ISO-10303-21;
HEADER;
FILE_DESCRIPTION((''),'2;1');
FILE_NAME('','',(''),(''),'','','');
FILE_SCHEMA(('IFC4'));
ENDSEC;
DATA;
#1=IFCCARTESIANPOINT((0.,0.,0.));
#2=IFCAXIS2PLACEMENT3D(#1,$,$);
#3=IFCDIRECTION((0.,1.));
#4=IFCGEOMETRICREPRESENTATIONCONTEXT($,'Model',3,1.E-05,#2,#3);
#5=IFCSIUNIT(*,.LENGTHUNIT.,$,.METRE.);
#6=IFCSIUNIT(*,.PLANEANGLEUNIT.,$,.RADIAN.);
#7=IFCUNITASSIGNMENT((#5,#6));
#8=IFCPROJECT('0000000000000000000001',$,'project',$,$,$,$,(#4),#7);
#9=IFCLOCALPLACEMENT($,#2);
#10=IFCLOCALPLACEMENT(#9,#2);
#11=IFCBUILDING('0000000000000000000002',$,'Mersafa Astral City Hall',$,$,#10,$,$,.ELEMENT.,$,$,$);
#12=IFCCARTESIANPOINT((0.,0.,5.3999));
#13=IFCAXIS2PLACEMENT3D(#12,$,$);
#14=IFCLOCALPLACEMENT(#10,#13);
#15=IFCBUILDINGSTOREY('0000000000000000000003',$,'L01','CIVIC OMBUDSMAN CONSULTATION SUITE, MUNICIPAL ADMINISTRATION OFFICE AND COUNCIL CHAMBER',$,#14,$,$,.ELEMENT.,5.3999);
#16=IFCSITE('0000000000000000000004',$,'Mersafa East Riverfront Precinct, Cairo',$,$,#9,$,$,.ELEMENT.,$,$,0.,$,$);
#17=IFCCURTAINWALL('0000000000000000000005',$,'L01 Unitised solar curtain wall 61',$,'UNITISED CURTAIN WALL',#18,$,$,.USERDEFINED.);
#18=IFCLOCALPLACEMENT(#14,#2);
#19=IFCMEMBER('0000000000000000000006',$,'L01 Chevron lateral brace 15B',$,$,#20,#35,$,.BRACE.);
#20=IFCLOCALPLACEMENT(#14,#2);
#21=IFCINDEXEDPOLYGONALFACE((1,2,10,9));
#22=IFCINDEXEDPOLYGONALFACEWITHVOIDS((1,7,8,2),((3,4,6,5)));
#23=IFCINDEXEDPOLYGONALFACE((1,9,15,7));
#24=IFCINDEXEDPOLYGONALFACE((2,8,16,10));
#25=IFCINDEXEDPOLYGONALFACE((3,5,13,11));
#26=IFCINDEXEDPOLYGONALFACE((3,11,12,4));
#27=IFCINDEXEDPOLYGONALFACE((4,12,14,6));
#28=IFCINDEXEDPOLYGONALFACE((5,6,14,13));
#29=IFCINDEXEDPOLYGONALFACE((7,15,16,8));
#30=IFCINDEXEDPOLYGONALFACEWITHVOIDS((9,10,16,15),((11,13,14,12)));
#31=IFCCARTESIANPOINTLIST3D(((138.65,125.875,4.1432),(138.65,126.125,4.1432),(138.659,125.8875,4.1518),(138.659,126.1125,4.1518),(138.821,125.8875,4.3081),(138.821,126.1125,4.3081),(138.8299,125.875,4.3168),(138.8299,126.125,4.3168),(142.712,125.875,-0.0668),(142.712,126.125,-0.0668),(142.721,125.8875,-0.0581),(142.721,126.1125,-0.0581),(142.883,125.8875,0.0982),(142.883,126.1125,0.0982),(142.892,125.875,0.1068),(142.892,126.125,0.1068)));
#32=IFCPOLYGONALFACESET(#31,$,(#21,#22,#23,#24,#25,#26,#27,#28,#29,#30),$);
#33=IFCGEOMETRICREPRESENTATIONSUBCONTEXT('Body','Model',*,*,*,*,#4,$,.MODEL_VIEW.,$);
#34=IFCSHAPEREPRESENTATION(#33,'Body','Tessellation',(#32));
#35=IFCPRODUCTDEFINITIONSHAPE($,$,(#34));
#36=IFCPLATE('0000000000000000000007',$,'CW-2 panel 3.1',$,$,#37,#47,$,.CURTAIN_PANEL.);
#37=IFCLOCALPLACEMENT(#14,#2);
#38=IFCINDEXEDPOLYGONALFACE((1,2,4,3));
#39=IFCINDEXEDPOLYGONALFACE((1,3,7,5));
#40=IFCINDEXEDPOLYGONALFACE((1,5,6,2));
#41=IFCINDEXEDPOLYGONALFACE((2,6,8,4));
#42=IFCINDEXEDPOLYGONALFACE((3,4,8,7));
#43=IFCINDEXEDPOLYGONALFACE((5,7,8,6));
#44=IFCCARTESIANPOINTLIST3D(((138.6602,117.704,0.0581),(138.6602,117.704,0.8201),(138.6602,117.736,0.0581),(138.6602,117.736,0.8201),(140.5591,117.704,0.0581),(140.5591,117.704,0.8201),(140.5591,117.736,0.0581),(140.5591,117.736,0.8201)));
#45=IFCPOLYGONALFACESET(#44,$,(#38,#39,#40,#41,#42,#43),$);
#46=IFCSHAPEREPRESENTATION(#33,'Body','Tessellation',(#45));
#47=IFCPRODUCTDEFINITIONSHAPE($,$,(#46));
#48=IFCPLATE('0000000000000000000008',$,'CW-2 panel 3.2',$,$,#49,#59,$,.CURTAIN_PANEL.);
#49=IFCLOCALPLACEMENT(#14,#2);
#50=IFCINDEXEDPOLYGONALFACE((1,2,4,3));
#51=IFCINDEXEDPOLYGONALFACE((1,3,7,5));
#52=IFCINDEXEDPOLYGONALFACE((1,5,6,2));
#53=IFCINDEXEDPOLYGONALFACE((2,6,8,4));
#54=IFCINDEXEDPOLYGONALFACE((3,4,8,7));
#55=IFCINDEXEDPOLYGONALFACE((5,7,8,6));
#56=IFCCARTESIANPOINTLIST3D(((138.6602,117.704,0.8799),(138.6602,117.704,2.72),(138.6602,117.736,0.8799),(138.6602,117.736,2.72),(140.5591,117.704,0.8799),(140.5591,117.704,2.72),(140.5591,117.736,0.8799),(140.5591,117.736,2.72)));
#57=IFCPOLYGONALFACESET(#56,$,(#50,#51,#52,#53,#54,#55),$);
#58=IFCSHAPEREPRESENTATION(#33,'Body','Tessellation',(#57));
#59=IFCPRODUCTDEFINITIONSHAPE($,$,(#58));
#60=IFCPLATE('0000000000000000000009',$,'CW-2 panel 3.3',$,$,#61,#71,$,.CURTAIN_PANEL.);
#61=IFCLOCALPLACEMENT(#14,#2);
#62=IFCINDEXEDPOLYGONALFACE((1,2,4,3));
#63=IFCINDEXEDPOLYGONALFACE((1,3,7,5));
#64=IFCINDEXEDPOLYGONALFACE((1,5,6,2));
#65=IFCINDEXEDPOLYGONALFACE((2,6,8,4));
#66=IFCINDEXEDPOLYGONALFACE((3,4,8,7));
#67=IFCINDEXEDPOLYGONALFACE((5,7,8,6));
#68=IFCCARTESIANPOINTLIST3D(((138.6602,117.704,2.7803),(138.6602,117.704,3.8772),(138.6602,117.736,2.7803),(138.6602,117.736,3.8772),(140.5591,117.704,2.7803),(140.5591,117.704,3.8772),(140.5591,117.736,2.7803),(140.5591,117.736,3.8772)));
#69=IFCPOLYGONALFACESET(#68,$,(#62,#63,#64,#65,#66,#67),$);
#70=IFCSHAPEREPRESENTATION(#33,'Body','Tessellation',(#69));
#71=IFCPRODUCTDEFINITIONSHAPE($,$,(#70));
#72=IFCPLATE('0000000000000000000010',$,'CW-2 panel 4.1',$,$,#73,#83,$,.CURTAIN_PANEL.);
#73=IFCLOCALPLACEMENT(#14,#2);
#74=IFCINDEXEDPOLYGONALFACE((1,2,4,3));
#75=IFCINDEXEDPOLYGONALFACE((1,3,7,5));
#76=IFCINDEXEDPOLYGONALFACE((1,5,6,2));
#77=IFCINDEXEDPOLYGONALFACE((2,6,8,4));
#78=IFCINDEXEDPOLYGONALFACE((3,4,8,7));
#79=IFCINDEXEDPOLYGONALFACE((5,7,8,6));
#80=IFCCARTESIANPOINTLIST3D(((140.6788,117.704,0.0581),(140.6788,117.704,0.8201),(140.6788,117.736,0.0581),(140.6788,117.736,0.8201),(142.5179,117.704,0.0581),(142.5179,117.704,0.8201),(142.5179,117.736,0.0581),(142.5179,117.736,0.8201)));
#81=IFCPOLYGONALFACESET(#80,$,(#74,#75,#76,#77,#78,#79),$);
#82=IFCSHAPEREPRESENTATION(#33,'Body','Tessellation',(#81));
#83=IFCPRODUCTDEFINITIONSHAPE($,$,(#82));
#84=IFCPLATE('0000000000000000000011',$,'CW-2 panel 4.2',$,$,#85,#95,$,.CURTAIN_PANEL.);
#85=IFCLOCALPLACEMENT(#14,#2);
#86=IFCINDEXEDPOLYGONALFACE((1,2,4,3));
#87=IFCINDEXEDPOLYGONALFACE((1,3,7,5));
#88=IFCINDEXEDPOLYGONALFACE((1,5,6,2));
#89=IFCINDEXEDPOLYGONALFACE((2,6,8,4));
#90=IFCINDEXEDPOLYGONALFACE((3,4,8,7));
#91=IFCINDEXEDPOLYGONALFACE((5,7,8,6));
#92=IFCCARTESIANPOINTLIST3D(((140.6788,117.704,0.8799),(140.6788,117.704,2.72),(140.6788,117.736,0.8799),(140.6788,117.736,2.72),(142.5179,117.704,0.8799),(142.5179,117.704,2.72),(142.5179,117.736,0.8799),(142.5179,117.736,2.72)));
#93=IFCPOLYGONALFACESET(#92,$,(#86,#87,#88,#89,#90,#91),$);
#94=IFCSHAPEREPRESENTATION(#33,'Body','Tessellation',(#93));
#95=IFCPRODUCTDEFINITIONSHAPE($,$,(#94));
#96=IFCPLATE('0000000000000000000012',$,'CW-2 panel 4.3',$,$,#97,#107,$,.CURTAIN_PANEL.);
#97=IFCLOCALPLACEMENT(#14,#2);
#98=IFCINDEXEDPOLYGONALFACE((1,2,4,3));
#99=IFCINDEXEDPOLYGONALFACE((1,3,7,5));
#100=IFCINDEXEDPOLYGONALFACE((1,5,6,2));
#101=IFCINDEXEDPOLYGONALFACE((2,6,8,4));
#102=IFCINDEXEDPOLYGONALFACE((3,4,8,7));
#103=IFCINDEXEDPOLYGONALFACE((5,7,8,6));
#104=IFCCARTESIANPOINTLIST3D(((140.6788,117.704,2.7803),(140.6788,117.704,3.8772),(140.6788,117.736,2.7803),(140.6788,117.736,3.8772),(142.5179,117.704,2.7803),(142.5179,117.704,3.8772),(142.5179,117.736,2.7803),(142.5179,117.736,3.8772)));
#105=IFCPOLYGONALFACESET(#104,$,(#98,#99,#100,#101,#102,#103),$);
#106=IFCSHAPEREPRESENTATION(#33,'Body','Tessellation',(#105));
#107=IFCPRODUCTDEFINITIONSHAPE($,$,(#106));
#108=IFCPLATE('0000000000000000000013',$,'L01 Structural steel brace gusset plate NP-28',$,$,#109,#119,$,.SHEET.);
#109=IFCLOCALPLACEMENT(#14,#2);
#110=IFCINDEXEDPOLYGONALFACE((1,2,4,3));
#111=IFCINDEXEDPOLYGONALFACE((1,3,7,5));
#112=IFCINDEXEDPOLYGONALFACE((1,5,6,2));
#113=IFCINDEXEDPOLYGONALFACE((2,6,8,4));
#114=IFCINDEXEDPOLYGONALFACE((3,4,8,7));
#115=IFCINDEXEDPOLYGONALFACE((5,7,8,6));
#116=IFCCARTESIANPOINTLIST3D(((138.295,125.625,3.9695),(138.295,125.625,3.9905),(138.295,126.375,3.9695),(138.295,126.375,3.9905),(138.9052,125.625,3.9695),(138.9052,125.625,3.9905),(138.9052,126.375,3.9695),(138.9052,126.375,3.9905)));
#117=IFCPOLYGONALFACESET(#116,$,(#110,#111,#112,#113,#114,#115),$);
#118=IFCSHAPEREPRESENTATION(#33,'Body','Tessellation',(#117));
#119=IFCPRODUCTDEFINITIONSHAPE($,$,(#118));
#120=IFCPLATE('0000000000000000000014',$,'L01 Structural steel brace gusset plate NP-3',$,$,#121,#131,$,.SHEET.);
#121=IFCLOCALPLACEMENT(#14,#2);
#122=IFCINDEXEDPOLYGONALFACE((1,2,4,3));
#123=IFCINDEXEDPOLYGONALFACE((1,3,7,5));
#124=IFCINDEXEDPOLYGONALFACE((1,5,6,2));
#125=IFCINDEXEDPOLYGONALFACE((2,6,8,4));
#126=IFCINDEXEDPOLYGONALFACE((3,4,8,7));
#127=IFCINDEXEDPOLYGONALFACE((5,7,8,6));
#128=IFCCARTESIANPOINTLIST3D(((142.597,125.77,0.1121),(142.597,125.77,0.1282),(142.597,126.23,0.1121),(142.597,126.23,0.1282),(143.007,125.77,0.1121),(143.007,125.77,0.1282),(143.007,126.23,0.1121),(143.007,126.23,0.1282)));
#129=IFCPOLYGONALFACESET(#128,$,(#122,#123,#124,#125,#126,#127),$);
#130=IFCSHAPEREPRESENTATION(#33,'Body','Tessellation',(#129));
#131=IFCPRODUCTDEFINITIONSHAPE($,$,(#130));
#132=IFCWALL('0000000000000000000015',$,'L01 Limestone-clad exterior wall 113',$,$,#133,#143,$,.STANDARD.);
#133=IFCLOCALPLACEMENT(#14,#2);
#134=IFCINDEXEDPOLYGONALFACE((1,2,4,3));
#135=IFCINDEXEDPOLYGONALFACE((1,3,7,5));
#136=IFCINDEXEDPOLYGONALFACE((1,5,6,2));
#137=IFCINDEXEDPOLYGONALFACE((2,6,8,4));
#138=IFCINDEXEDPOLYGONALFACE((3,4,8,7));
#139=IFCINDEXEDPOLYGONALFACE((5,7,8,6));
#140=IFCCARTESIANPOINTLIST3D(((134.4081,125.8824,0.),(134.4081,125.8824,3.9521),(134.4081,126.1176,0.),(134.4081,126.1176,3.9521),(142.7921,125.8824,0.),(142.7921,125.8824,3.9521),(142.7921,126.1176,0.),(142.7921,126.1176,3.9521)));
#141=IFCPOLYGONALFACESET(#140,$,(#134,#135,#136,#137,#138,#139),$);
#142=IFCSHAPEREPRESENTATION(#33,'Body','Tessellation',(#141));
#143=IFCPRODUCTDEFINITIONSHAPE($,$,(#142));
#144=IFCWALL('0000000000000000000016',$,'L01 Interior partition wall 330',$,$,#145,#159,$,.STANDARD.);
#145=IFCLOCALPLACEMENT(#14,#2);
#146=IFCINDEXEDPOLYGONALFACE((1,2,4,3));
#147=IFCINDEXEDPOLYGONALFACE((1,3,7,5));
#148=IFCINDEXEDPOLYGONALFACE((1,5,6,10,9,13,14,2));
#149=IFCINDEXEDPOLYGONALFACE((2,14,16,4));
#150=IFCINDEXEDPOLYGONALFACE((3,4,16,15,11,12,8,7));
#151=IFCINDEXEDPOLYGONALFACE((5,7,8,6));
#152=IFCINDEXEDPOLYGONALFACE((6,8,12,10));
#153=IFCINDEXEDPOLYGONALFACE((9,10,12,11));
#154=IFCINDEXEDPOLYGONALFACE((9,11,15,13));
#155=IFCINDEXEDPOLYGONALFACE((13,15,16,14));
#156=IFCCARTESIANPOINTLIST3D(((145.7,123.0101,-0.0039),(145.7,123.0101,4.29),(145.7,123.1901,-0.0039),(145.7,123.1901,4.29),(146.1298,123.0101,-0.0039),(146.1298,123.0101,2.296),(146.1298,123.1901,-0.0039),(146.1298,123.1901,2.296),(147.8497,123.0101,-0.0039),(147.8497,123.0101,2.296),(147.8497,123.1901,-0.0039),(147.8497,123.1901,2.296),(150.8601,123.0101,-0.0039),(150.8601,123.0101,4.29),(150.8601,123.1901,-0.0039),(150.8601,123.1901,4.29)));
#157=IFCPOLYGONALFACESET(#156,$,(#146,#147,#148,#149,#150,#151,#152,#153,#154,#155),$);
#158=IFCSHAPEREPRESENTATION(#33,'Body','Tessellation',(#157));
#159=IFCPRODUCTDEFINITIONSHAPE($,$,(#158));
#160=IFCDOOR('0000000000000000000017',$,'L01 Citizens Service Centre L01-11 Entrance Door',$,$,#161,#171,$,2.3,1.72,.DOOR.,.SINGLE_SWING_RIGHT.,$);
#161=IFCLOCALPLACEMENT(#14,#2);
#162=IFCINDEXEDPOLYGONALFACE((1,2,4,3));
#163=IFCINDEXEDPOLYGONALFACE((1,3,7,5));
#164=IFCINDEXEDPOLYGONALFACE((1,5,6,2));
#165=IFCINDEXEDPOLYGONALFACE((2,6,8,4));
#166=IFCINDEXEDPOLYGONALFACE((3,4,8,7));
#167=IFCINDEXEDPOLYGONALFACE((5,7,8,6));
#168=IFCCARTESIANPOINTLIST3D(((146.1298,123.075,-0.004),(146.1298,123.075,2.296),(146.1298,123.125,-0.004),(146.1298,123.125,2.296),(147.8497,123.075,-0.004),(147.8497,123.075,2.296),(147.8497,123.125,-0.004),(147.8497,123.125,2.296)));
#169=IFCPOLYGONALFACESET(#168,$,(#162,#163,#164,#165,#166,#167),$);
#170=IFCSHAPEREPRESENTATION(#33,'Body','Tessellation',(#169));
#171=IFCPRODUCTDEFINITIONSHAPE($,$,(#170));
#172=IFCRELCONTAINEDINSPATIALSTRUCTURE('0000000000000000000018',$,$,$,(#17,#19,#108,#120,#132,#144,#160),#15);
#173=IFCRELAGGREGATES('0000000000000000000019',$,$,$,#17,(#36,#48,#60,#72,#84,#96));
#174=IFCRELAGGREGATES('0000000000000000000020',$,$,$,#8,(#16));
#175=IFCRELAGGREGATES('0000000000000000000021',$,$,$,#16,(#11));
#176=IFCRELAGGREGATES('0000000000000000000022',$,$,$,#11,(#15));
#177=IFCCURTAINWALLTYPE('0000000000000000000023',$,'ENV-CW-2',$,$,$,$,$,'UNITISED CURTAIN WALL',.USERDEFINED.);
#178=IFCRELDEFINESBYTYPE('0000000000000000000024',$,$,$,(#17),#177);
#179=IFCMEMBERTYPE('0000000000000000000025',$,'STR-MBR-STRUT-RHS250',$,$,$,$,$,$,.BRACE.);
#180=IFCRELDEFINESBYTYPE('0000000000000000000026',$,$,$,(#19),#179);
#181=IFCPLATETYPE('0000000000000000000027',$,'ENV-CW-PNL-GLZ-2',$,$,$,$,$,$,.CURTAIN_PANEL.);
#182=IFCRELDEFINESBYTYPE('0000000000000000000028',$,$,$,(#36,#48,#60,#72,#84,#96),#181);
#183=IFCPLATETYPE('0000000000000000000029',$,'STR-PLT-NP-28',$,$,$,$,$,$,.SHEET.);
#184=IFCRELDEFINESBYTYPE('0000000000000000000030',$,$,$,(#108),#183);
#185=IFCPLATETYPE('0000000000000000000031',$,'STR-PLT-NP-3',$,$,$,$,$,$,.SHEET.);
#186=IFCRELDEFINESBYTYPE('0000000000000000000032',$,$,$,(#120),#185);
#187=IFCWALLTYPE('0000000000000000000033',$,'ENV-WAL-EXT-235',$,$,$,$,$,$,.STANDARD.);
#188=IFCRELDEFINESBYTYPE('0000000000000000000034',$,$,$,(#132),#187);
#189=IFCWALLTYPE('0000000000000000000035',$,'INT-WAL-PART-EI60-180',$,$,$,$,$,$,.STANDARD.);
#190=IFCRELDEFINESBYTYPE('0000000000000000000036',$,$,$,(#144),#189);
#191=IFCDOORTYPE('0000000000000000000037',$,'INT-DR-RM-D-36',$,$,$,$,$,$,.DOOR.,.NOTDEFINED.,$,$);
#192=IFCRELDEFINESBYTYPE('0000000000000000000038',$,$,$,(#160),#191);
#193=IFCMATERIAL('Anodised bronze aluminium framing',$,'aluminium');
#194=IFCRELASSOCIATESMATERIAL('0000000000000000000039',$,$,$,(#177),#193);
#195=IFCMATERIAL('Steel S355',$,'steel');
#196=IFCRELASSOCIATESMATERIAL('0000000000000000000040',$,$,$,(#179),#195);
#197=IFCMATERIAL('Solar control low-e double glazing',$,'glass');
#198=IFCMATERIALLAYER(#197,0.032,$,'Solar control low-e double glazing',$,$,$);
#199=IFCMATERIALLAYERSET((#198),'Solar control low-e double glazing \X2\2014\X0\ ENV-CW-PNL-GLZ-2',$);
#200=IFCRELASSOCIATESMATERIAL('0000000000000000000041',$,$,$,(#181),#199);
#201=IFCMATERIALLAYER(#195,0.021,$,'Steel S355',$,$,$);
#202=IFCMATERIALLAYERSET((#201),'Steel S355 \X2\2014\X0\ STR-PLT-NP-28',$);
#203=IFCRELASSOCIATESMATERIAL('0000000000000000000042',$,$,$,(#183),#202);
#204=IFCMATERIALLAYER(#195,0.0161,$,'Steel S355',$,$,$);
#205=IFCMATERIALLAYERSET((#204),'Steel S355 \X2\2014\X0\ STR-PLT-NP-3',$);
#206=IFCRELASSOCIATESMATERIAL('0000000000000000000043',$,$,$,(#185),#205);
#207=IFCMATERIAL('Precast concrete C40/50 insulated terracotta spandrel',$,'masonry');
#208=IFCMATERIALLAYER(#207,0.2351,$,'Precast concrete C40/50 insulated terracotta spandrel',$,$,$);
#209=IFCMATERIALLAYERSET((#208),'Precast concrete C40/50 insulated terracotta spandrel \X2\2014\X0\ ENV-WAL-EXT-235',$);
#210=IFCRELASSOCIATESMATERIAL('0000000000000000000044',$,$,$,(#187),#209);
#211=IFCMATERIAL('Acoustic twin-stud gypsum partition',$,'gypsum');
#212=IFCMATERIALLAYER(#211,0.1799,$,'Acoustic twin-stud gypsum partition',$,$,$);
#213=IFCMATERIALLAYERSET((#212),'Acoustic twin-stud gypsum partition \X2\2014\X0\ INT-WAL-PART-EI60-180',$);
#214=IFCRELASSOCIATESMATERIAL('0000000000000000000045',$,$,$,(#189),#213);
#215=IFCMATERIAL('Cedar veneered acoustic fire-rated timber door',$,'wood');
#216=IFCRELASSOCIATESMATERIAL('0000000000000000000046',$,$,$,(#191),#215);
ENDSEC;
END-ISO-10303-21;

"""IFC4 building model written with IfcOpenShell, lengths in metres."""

from ifc_helpers import new_model, si_unit, direction, frame, frame_2d, origin, origin_2d, place, context, subcontext, project, spatial, rectangle, hollow_rectangle, extrude, material, layer, layer_set, material_profile, profile_set, type_object, element, fill, aggregate, save


model = new_model("IFC4")

# Units and contexts
model_context = context("Model", 3, precision=1e-05, world=origin(), true_north=direction((0.0, 1.0)))
body_context = subcontext(model_context, "Body", "Model", "MODEL_VIEW")
ifc_project = project(units=[si_unit("LENGTHUNIT", "METRE"), si_unit("PLANEANGLEUNIT", "RADIAN")], contexts=[model_context])

# Site, building, storey
site_placement = place(None, origin())
site = spatial("IfcSite", under=ifc_project, at=site_placement, Name="Mersafa East Riverfront Precinct, Cairo", CompositionType="ELEMENT", RefElevation=0.0)
building_placement = place(site_placement, origin())
building = spatial("IfcBuilding", under=site, at=building_placement, Name="Mersafa Astral City Hall", CompositionType="ELEMENT")
storey_placement = place(building_placement, frame((0.0, 0.0, 5.3999)))
storey = spatial("IfcBuildingStorey", under=building, at=storey_placement, Name="L01", Description="CIVIC OMBUDSMAN CONSULTATION SUITE, MUNICIPAL ADMINISTRATION OFFICE AND COUNCIL CHAMBER", CompositionType="ELEMENT", Elevation=5.3999)

# Shared definitions
ifc_material_1 = material(Name="Steel S355", Category="steel")

# Curtain wall
ifc_material_2 = material(Name="Anodised bronze aluminium framing", Category="aluminium")
curtain_wall_type = type_object("IfcCurtainWallType", Name="ENV-CW-2", ElementType="UNITISED CURTAIN WALL", PredefinedType="USERDEFINED", material=ifc_material_2)
curtain_wall_placement = place(storey_placement, origin())
curtain_wall = element("IfcCurtainWall", 1, at=curtain_wall_placement, inside=storey, type_object=curtain_wall_type, Name="L01 Unitised solar curtain wall 61", ObjectType="UNITISED CURTAIN WALL", PredefinedType="USERDEFINED")

# Member
ifc_material_profile_1 = material_profile(ifc_material_1, hollow_rectangle(XDim=0.25, YDim=0.25, WallThickness=0.0125, at=origin_2d()), Name="RHS 250x250x12.5")
ifc_profile_set_1 = profile_set([ifc_material_profile_1], Name="Steel S355")
member_type_1 = type_object("IfcMemberType", Name="STR-MBR-STRUT-RHS250", PredefinedType="BRACE", material=ifc_profile_set_1)
member_1_placement = place(storey_placement, frame((142.802, 126.0, 0.02), z_axis=(-0.694349, 0.0, 0.719639), x_axis=(0.0, -1.0, 0.0)))
element("IfcMember", 2, at=member_1_placement, inside=storey, type_object=member_type_1, Name="L01 Chevron lateral brace 15B", PredefinedType="BRACE", context=body_context, shape_type="SweptSolid", body=[
    extrude(hollow_rectangle(XDim=0.25, YDim=0.25, WallThickness=0.0125, at=origin_2d()), origin(), (0.0, 0.0, 1.0), 5.8501),
])

# Plates
ifc_material_3 = material(Name="Solar control low-e double glazing", Category="glass")
ifc_layer_1 = layer(ifc_material_3, 0.032, Name="Solar control low-e double glazing")
ifc_layer_set_1 = layer_set([ifc_layer_1], Name="Solar control low-e double glazing — ENV-CW-PNL-GLZ-2")
plate_type_1 = type_object("IfcPlateType", Name="ENV-CW-PNL-GLZ-2", PredefinedType="CURTAIN_PANEL", material=ifc_layer_set_1)
plate_1_placement = place(storey_placement, frame((139.6096, 117.72, 0.0581), z_axis=(0.0, 0.0, 1.0), x_axis=(1.0, 0.0, 0.0)))
plate_1 = element("IfcPlate", 3, at=plate_1_placement, type_object=plate_type_1, Name="CW-2 panel 3.1", PredefinedType="CURTAIN_PANEL", context=body_context, shape_type="SweptSolid", body=[
    extrude(rectangle(XDim=1.8989, YDim=0.032, at=origin_2d()), origin(), (0.0, 0.0, 1.0), 0.762),
])
plate_2_placement = place(storey_placement, frame((139.6096, 117.72, 0.8799), z_axis=(0.0, 0.0, 1.0), x_axis=(1.0, 0.0, 0.0)))
plate_2 = element("IfcPlate", 4, at=plate_2_placement, type_object=plate_type_1, Name="CW-2 panel 3.2", PredefinedType="CURTAIN_PANEL", context=body_context, shape_type="SweptSolid", body=[
    extrude(rectangle(XDim=1.8989, YDim=0.032, at=origin_2d()), origin(), (0.0, 0.0, 1.0), 1.8401),
])
plate_3_placement = place(storey_placement, frame((139.6096, 117.72, 2.7803), z_axis=(0.0, 0.0, 1.0), x_axis=(1.0, 0.0, 0.0)))
plate_3 = element("IfcPlate", 5, at=plate_3_placement, type_object=plate_type_1, Name="CW-2 panel 3.3", PredefinedType="CURTAIN_PANEL", context=body_context, shape_type="SweptSolid", body=[
    extrude(rectangle(XDim=1.8989, YDim=0.032, at=origin_2d()), origin(), (0.0, 0.0, 1.0), 1.0969),
])
plate_4_placement = place(storey_placement, frame((141.5984, 117.72, 0.0581), z_axis=(0.0, 0.0, 1.0), x_axis=(1.0, 0.0, 0.0)))
plate_4 = element("IfcPlate", 6, at=plate_4_placement, type_object=plate_type_1, Name="CW-2 panel 4.1", PredefinedType="CURTAIN_PANEL", context=body_context, shape_type="SweptSolid", body=[
    extrude(rectangle(XDim=1.8391, YDim=0.032, at=origin_2d()), origin(), (0.0, 0.0, 1.0), 0.762),
])
plate_5_placement = place(storey_placement, frame((141.5984, 117.72, 0.8799), z_axis=(0.0, 0.0, 1.0), x_axis=(1.0, 0.0, 0.0)))
plate_5 = element("IfcPlate", 7, at=plate_5_placement, type_object=plate_type_1, Name="CW-2 panel 4.2", PredefinedType="CURTAIN_PANEL", context=body_context, shape_type="SweptSolid", body=[
    extrude(rectangle(XDim=1.8391, YDim=0.032, at=origin_2d()), origin(), (0.0, 0.0, 1.0), 1.8401),
])
plate_6_placement = place(storey_placement, frame((141.5984, 117.72, 2.7803), z_axis=(0.0, 0.0, 1.0), x_axis=(1.0, 0.0, 0.0)))
plate_6 = element("IfcPlate", 8, at=plate_6_placement, type_object=plate_type_1, Name="CW-2 panel 4.3", PredefinedType="CURTAIN_PANEL", context=body_context, shape_type="SweptSolid", body=[
    extrude(rectangle(XDim=1.8391, YDim=0.032, at=origin_2d()), origin(), (0.0, 0.0, 1.0), 1.0969),
])
aggregate(curtain_wall, [plate_1, plate_2, plate_3, plate_4, plate_5, plate_6])

# Plates
ifc_layer_2 = layer(ifc_material_1, 0.021, Name="Steel S355")
ifc_layer_set_2 = layer_set([ifc_layer_2], Name="Steel S355 — STR-PLT-NP-28")
plate_type_2 = type_object("IfcPlateType", Name="STR-PLT-NP-28", PredefinedType="SHEET", material=ifc_layer_set_2)
plate_7_placement = place(storey_placement, frame((138.6001, 126.0, 3.9695), z_axis=(0.0, 0.0, 1.0), x_axis=(1.0, 0.0, 0.0)))
element("IfcPlate", 9, at=plate_7_placement, inside=storey, type_object=plate_type_2, Name="L01 Structural steel brace gusset plate NP-28", PredefinedType="SHEET", context=body_context, shape_type="SweptSolid", body=[
    extrude(rectangle(XDim=0.6101, YDim=0.75, at=origin_2d()), origin(), (0.0, 0.0, 1.0), 0.021),
])
ifc_layer_3 = layer(ifc_material_1, 0.0161, Name="Steel S355")
ifc_layer_set_3 = layer_set([ifc_layer_3], Name="Steel S355 — STR-PLT-NP-3")
plate_type_3 = type_object("IfcPlateType", Name="STR-PLT-NP-3", PredefinedType="SHEET", material=ifc_layer_set_3)
plate_8_placement = place(storey_placement, frame((142.802, 126.0, 0.1121), z_axis=(0.0, 0.0, 1.0), x_axis=(1.0, 0.0, 0.0)))
element("IfcPlate", 10, at=plate_8_placement, inside=storey, type_object=plate_type_3, Name="L01 Structural steel brace gusset plate NP-3", PredefinedType="SHEET", context=body_context, shape_type="SweptSolid", body=[
    extrude(rectangle(XDim=0.4099, YDim=0.46, at=origin_2d()), origin(), (0.0, 0.0, 1.0), 0.0161),
])

# Wall
ifc_material_4 = material(Name="Precast concrete C40/50 insulated terracotta spandrel", Category="masonry")
ifc_layer_4 = layer(ifc_material_4, 0.2351, Name="Precast concrete C40/50 insulated terracotta spandrel")
ifc_layer_set_4 = layer_set([ifc_layer_4], Name="Precast concrete C40/50 insulated terracotta spandrel — ENV-WAL-EXT-235")
wall_type_1 = type_object("IfcWallType", Name="ENV-WAL-EXT-235", PredefinedType="STANDARD", material=ifc_layer_set_4)
wall_1_placement = place(storey_placement, frame((142.792, 126.0, 0.0), z_axis=(0.0, 0.0, 1.0), x_axis=(-1.0, 0.0, 0.0)))
element("IfcWall", 11, at=wall_1_placement, inside=storey, type_object=wall_type_1, Name="L01 Limestone-clad exterior wall 113", PredefinedType="STANDARD", context=body_context, shape_type="SweptSolid", body=[
    extrude(rectangle(XDim=8.384, YDim=0.2351, at=frame_2d((4.1919, 0.0))), origin(), (0.0, 0.0, 1.0), 3.9521),
])

# Wall, opening, door
ifc_material_5 = material(Name="Acoustic twin-stud gypsum partition", Category="gypsum")
ifc_layer_5 = layer(ifc_material_5, 0.1799, Name="Acoustic twin-stud gypsum partition")
ifc_layer_set_5 = layer_set([ifc_layer_5], Name="Acoustic twin-stud gypsum partition — INT-WAL-PART-EI60-180")
wall_type_2 = type_object("IfcWallType", Name="INT-WAL-PART-EI60-180", PredefinedType="STANDARD", material=ifc_layer_set_5)
wall_2_placement = place(storey_placement, frame((145.7, 123.1001, -0.0039), z_axis=(0.0, 0.0, 1.0), x_axis=(1.0, 0.0, 0.0)))
wall_2 = element("IfcWall", 12, at=wall_2_placement, inside=storey, type_object=wall_type_2, Name="L01 Interior partition wall 330", PredefinedType="STANDARD", context=body_context, shape_type="SweptSolid", body=[
    extrude(rectangle(XDim=5.1602, YDim=0.1799, at=frame_2d((2.5801, 0.0))), origin(), (0.0, 0.0, 1.0), 4.2939),
])
opening_1_placement = place(wall_2_placement, frame((0.4299, 0.0, 0.0)))
opening_1 = element("IfcOpeningElement", 13, at=opening_1_placement, cuts=wall_2, PredefinedType="OPENING", context=body_context, shape_type="SweptSolid", body=[
    extrude(rectangle(XDim=1.72, YDim=2.3, at=frame_2d((0.8599, 1.1499))), frame((0.0, 0.0999, 0.0), z_axis=(0.0, -1.0, 0.0), x_axis=(1.0, 0.0, 0.0)), (0.0, 0.0, 1.0), 0.2),
])
ifc_material_6 = material(Name="Cedar veneered acoustic fire-rated timber door", Category="wood")
door_type_1 = type_object("IfcDoorType", Name="INT-DR-RM-D-36", OperationType="NOTDEFINED", PredefinedType="DOOR", material=ifc_material_6)
door_1_placement = place(opening_1_placement, origin())
door_1 = element("IfcDoor", 14, at=door_1_placement, inside=storey, type_object=door_type_1, Name="L01 Citizens Service Centre L01-11 Entrance Door", OperationType="SINGLE_SWING_RIGHT", OverallHeight=2.3, OverallWidth=1.72, PredefinedType="DOOR", context=body_context, shape_type="SweptSolid", body=[
    extrude(rectangle(XDim=1.72, YDim=2.3, at=frame_2d((0.8599, 1.1499))), frame((0.0, 0.0249, 0.0), z_axis=(0.0, -1.0, 0.0), x_axis=(1.0, 0.0, 0.0)), (0.0, 0.0, 1.0), 0.05),
])
fill(opening_1, door_1)

save(model, "model.ifc")
